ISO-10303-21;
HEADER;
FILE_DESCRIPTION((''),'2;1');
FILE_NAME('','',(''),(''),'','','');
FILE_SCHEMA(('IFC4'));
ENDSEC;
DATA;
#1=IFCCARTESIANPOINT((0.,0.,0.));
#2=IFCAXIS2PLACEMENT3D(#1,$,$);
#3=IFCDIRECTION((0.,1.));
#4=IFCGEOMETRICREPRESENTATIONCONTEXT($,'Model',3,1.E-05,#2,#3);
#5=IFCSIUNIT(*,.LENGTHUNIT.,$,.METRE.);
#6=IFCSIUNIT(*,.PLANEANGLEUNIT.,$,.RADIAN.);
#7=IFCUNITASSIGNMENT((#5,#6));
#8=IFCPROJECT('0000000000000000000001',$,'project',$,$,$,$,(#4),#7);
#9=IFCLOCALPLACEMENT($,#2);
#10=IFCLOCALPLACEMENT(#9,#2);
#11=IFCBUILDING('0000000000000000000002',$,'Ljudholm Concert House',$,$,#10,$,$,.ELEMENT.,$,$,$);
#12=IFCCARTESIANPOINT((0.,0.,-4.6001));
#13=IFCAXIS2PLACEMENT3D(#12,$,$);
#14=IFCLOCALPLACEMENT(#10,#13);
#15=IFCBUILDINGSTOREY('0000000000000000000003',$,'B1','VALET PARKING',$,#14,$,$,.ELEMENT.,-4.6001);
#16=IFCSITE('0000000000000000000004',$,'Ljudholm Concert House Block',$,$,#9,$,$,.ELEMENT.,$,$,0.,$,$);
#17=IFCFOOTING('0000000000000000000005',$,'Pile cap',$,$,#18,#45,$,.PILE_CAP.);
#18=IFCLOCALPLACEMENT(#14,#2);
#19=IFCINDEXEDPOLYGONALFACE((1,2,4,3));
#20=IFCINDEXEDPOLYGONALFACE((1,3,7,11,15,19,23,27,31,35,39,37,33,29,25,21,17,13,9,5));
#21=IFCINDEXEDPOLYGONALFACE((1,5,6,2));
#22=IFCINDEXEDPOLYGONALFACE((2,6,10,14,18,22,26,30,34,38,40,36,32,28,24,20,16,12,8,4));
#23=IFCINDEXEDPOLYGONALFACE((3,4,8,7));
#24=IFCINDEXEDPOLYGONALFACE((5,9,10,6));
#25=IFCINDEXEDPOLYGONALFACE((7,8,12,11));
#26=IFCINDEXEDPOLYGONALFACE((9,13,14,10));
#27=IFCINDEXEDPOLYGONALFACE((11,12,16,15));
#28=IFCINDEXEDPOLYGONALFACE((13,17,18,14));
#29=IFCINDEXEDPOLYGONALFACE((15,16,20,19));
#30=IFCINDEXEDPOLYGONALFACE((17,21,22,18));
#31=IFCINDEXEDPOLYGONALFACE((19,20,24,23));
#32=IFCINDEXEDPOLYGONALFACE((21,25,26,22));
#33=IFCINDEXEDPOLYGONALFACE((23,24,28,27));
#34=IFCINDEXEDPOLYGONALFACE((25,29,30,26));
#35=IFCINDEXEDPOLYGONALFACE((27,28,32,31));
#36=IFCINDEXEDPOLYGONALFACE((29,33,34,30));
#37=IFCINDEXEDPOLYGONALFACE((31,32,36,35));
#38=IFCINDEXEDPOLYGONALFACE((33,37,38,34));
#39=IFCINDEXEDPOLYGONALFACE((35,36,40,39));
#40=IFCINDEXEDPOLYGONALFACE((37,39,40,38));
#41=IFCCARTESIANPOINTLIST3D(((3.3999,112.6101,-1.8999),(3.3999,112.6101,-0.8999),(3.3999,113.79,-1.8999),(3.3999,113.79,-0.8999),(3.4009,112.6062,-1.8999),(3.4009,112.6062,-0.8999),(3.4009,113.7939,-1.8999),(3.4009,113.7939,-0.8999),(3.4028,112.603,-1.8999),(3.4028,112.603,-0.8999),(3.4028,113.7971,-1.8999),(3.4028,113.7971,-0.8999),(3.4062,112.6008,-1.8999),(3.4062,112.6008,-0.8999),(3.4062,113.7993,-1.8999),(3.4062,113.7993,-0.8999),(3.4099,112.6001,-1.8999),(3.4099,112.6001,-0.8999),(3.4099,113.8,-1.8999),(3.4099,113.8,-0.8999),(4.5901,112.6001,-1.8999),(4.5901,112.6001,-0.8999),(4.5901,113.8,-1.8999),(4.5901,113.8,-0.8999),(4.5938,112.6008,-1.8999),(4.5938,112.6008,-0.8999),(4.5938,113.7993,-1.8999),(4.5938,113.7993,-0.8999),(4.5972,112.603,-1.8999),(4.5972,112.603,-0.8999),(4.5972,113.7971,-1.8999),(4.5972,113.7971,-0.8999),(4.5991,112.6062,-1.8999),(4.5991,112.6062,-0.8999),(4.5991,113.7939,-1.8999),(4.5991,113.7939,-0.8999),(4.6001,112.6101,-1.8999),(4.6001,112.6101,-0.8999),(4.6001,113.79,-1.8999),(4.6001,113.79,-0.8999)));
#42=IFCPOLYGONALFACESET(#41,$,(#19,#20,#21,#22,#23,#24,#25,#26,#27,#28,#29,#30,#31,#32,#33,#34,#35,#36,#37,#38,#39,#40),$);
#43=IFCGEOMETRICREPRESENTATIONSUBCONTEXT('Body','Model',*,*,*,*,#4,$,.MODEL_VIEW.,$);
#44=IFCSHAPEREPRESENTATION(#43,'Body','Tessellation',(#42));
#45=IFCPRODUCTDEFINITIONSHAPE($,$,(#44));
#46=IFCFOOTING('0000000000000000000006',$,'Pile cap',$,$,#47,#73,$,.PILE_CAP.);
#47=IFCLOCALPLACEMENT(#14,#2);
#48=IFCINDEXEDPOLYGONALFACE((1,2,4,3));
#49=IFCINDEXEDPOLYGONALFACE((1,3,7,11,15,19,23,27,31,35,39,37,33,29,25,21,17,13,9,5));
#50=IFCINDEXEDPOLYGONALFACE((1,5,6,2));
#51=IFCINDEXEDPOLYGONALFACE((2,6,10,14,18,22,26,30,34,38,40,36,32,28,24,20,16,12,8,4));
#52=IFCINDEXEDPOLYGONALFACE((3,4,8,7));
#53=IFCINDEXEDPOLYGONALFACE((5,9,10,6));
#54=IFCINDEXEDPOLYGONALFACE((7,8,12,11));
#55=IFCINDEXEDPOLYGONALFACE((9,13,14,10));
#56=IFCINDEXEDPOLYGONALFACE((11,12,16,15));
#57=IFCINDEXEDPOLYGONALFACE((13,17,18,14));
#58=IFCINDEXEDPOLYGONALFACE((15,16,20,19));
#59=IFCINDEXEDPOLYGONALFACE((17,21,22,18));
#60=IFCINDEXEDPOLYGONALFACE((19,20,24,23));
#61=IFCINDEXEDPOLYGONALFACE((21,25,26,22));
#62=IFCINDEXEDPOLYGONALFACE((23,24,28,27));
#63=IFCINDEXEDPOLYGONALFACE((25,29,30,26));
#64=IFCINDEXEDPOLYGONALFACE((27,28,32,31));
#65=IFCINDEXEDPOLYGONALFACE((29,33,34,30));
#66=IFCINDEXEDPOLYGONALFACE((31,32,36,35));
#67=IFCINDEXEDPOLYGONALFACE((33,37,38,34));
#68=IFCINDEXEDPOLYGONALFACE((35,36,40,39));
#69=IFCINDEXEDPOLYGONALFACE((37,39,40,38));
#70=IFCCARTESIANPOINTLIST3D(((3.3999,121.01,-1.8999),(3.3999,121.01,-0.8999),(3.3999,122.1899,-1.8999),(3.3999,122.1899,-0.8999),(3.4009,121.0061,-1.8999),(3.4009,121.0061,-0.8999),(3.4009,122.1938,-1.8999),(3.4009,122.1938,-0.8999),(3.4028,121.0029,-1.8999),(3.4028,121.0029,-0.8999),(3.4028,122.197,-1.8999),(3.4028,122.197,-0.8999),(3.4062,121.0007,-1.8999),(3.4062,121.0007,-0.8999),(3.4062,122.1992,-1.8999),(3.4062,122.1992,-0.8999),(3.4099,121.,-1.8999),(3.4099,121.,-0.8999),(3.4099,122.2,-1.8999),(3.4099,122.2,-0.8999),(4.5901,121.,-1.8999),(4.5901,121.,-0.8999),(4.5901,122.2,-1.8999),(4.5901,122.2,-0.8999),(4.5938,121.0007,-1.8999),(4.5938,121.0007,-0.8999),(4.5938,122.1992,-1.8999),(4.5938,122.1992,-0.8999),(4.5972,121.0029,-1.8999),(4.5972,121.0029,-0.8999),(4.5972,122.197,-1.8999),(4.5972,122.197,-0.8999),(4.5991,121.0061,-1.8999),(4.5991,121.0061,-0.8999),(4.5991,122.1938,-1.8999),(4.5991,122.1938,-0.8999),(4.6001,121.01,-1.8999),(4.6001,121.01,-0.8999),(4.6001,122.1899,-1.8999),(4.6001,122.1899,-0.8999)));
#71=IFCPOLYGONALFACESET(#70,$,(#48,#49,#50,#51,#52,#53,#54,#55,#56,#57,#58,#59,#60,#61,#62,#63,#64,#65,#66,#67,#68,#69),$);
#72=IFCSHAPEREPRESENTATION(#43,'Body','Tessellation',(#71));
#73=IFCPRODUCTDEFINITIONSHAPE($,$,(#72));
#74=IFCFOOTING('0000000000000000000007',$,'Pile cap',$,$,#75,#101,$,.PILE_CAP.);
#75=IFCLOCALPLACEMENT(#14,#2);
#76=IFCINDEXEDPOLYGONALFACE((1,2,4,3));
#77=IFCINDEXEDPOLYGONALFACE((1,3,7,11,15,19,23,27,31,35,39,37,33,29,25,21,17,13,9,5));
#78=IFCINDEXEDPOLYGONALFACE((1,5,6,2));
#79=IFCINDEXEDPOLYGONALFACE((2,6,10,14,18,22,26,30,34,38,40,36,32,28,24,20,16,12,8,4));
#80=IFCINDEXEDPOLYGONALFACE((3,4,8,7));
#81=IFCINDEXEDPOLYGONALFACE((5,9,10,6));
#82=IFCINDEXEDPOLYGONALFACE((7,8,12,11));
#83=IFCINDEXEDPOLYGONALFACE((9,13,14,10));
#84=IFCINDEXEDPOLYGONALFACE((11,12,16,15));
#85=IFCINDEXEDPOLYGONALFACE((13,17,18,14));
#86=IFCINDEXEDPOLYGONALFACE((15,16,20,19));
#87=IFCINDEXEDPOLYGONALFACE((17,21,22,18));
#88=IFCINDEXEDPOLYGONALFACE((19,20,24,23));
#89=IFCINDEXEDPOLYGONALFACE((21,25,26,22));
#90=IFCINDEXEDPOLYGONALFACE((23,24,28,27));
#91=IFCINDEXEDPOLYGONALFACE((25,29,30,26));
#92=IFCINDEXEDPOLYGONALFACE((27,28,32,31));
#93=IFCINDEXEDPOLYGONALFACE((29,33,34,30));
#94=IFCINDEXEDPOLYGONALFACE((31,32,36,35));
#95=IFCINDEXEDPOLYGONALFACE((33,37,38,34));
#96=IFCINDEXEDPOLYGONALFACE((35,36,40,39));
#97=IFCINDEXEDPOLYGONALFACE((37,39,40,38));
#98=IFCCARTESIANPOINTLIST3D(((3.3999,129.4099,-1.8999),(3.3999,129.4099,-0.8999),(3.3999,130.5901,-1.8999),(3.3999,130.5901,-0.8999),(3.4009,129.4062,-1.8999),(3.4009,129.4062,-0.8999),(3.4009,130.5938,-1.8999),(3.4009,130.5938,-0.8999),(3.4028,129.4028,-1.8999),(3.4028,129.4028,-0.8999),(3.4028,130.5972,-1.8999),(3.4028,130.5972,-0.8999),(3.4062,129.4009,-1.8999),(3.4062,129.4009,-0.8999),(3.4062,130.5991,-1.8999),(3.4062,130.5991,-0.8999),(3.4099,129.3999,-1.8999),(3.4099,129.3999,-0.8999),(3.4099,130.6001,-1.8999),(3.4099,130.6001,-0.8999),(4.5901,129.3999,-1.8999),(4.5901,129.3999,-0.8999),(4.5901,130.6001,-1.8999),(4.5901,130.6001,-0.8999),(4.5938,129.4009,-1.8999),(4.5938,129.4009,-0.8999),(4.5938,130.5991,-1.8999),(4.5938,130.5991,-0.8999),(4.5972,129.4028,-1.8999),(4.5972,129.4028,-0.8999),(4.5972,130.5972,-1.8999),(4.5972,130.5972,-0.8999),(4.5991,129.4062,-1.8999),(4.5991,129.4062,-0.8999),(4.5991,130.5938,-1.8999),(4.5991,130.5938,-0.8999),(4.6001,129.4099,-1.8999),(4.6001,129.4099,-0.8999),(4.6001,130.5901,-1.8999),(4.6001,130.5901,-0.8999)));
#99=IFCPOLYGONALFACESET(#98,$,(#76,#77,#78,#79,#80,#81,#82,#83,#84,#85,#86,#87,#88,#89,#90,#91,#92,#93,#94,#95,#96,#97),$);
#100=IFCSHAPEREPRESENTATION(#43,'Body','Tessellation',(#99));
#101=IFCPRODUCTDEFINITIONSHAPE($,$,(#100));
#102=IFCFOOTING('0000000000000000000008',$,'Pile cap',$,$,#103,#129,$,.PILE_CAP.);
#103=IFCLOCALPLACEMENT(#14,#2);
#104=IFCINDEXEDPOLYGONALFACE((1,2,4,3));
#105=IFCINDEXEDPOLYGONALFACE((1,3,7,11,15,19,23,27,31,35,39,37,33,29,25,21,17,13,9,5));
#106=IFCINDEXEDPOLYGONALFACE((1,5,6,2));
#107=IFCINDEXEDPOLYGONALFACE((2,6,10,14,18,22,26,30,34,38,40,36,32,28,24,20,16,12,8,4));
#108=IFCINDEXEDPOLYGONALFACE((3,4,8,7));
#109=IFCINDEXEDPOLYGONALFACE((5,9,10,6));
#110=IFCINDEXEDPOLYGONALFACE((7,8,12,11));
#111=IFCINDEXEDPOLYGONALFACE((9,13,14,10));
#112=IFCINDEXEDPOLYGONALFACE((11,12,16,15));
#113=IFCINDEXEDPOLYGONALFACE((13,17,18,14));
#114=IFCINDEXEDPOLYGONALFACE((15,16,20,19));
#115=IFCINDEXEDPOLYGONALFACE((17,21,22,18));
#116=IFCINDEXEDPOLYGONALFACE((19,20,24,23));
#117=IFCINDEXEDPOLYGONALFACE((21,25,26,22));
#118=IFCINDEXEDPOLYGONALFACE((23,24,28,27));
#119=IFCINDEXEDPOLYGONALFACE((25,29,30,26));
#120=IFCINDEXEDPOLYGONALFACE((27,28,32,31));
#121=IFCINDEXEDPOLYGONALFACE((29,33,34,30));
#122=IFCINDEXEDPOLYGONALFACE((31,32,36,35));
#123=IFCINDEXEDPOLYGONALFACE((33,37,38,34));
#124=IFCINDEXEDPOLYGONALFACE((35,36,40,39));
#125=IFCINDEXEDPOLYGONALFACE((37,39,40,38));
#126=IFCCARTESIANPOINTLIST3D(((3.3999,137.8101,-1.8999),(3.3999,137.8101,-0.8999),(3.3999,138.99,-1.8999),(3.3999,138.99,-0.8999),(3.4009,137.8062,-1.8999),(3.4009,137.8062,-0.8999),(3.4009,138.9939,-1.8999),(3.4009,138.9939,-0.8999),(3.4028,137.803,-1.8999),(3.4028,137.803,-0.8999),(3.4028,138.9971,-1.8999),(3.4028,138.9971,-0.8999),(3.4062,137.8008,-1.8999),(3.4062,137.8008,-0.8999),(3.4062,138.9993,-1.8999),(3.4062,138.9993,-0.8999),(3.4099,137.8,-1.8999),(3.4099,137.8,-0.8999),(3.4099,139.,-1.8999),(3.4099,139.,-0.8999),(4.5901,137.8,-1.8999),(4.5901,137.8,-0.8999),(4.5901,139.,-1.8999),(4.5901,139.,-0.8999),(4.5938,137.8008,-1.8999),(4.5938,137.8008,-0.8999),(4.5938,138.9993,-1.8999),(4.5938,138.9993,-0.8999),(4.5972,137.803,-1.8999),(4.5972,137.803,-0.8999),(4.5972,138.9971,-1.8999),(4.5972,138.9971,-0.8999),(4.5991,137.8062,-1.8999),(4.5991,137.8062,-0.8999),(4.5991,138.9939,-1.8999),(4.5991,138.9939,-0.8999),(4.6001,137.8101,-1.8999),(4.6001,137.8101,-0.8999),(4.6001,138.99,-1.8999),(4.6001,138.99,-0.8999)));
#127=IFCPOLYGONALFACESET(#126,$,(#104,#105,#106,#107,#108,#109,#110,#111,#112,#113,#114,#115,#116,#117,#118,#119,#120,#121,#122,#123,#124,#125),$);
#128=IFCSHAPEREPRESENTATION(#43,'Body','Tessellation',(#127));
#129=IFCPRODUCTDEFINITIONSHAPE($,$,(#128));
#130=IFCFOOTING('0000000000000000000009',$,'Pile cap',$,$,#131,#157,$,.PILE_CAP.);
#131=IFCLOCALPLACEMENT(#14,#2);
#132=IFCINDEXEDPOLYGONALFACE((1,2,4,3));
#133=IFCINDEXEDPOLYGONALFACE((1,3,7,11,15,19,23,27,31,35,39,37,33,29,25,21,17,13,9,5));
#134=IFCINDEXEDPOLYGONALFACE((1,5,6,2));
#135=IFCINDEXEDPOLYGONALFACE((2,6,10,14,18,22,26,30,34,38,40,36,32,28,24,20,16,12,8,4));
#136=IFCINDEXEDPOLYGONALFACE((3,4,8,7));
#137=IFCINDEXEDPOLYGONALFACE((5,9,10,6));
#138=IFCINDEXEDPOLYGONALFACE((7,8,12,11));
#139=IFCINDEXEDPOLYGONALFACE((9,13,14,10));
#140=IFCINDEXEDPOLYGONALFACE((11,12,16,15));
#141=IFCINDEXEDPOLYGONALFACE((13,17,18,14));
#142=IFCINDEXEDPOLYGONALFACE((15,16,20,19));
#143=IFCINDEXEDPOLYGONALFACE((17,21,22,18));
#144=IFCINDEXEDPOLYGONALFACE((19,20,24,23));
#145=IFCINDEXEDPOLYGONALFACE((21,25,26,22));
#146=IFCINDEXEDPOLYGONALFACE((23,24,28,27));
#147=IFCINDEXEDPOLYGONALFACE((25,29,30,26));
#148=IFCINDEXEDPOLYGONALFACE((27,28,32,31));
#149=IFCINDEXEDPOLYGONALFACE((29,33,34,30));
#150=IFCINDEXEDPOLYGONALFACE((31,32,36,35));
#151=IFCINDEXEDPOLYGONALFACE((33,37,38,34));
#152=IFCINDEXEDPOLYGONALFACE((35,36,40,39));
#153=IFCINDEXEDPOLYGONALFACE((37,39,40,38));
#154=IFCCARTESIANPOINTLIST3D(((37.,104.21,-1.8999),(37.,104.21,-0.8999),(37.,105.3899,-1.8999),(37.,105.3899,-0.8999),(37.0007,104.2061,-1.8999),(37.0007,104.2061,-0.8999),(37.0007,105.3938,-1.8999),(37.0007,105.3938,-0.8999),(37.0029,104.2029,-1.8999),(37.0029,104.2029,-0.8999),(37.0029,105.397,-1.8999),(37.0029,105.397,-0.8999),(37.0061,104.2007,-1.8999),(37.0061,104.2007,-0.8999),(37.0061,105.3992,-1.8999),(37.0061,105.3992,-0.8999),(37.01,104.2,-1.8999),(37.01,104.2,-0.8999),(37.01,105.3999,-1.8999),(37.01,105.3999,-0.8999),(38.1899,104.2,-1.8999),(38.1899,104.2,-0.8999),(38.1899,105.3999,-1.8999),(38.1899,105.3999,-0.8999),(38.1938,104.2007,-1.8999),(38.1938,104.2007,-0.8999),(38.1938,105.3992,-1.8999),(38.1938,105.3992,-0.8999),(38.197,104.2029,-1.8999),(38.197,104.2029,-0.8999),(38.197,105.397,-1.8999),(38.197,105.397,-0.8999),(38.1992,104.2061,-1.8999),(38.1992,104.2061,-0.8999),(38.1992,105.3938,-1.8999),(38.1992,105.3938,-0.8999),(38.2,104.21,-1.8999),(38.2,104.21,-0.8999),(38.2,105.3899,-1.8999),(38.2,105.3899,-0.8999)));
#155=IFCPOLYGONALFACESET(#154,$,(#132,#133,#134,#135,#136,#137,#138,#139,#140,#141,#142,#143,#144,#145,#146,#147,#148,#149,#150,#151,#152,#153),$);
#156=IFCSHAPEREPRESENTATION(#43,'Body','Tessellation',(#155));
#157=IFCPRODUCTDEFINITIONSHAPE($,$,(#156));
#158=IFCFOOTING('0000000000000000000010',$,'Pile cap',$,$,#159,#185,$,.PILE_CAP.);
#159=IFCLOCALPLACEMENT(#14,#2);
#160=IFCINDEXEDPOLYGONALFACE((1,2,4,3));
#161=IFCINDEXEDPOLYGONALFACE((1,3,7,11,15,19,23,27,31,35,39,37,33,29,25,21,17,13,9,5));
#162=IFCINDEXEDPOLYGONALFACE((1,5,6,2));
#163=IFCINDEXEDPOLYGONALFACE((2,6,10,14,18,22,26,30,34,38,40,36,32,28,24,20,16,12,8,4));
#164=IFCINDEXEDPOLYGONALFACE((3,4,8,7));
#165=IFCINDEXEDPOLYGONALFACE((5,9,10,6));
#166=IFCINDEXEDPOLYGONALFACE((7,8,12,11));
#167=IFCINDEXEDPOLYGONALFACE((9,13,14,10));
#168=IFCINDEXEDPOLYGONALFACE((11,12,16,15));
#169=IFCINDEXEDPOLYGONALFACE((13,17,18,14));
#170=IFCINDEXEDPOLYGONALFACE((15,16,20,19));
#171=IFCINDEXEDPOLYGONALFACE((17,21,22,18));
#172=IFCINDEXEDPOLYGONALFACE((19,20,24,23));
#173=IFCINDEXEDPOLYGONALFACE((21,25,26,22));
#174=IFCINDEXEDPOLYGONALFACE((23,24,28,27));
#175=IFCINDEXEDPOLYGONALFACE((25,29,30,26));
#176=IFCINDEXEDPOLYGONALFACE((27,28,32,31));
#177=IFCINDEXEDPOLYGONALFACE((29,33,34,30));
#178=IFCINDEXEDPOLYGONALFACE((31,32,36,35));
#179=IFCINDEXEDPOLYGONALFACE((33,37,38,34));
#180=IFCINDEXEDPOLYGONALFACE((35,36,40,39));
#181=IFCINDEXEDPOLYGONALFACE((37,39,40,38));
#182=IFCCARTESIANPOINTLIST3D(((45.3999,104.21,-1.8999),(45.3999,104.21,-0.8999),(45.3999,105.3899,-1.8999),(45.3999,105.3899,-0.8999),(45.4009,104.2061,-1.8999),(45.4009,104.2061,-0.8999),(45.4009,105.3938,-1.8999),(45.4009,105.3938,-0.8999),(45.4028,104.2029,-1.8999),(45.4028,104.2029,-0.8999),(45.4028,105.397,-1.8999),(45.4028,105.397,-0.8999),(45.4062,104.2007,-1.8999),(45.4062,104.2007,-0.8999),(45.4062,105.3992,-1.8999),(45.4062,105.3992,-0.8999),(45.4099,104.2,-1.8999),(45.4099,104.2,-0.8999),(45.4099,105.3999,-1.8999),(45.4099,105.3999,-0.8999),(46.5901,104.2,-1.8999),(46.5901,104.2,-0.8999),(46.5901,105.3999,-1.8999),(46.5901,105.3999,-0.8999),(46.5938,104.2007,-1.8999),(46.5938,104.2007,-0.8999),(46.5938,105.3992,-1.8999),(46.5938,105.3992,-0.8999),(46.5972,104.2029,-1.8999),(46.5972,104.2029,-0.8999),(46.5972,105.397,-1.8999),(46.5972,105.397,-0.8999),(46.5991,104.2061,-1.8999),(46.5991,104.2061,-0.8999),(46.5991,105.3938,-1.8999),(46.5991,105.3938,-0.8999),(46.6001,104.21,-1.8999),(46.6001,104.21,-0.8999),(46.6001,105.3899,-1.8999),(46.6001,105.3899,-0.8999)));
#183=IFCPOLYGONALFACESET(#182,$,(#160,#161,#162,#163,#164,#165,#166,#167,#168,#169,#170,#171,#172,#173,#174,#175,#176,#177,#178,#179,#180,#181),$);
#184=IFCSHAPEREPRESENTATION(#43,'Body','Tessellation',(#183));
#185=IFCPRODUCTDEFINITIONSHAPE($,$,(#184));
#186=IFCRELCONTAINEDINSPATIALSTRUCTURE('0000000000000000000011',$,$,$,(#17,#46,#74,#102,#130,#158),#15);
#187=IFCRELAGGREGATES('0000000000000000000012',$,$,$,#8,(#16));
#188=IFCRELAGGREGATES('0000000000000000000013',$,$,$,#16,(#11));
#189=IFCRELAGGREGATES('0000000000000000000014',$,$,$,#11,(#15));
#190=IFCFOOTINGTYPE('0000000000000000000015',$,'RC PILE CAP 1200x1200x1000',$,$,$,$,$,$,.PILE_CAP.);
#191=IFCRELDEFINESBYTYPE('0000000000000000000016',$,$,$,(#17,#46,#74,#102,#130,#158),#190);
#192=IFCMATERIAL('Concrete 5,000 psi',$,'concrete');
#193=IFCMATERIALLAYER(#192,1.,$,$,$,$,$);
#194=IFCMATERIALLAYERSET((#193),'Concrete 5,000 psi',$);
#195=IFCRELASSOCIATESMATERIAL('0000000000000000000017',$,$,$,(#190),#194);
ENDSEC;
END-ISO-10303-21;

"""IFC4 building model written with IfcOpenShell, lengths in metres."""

from ifc_helpers import new_model, si_unit, direction, frame, origin, place, context, subcontext, project, spatial, polyline, outline, extrude, material, layer, layer_set, type_object, element, save


model = new_model("IFC4")

# Units and contexts
model_context = context("Model", 3, precision=1e-05, world=origin(), true_north=direction((0.0, 1.0)))
body_context = subcontext(model_context, "Body", "Model", "MODEL_VIEW")
ifc_project = project(units=[si_unit("LENGTHUNIT", "METRE"), si_unit("PLANEANGLEUNIT", "RADIAN")], contexts=[model_context])

# Site, building, storey
site_placement = place(None, origin())
site = spatial("IfcSite", under=ifc_project, at=site_placement, Name="Ljudholm Concert House Block", CompositionType="ELEMENT", RefElevation=0.0)
building_placement = place(site_placement, origin())
building = spatial("IfcBuilding", under=site, at=building_placement, Name="Ljudholm Concert House", CompositionType="ELEMENT")
storey_placement = place(building_placement, frame((0.0, 0.0, -4.6001)))
storey = spatial("IfcBuildingStorey", under=building, at=storey_placement, Name="B1", Description="VALET PARKING", CompositionType="ELEMENT", Elevation=-4.6001)

# Footings
ifc_material_1 = material(Name="Concrete 5,000 psi", Category="concrete")
ifc_layer_1 = layer(ifc_material_1, 1.0)
ifc_layer_set_1 = layer_set([ifc_layer_1], Name="Concrete 5,000 psi")
footing_type_1 = type_object("IfcFootingType", Name="RC PILE CAP 1200x1200x1000", PredefinedType="PILE_CAP", material=ifc_layer_set_1)
footing_1_placement = place(storey_placement, frame((0.0, 0.0, -1.8999)))
element("IfcFooting", 1, at=footing_1_placement, inside=storey, type_object=footing_type_1, Name="Pile cap", PredefinedType="PILE_CAP", context=body_context, shape_type="SweptSolid", body=[
    extrude(outline(polyline([(3.3999, 113.79), (3.3999, 112.6101), (3.4009, 112.6062), (3.4028, 112.603), (3.4062, 112.6008), (3.4099, 112.6001), (4.5901, 112.6001), (4.5938, 112.6008), (4.5972, 112.603), (4.5991, 112.6062), (4.6001, 112.6101), (4.6001, 113.79), (4.5991, 113.7939), (4.5972, 113.7971), (4.5938, 113.7993), (4.5901, 113.8), (3.4099, 113.8), (3.4062, 113.7993), (3.4028, 113.7971), (3.4009, 113.7939), (3.3999, 113.79)])), origin(), (0.0, 0.0, 1.0), 1.0),
])
footing_2_placement = place(storey_placement, frame((0.0, 0.0, -1.8999)))
element("IfcFooting", 2, at=footing_2_placement, inside=storey, type_object=footing_type_1, Name="Pile cap", PredefinedType="PILE_CAP", context=body_context, shape_type="SweptSolid", body=[
    extrude(outline(polyline([(3.3999, 122.1899), (3.3999, 121.01), (3.4009, 121.0061), (3.4028, 121.0029), (3.4062, 121.0007), (3.4099, 121.0), (4.5901, 121.0), (4.5938, 121.0007), (4.5972, 121.0029), (4.5991, 121.0061), (4.6001, 121.01), (4.6001, 122.1899), (4.5991, 122.1938), (4.5972, 122.197), (4.5938, 122.1992), (4.5901, 122.2), (3.4099, 122.2), (3.4062, 122.1992), (3.4028, 122.197), (3.4009, 122.1938), (3.3999, 122.1899)])), origin(), (0.0, 0.0, 1.0), 1.0),
])
footing_3_placement = place(storey_placement, frame((0.0, 0.0, -1.8999)))
element("IfcFooting", 3, at=footing_3_placement, inside=storey, type_object=footing_type_1, Name="Pile cap", PredefinedType="PILE_CAP", context=body_context, shape_type="SweptSolid", body=[
    extrude(outline(polyline([(3.4099, 129.3999), (4.5901, 129.3999), (4.5938, 129.4009), (4.5972, 129.4028), (4.5991, 129.4062), (4.6001, 129.4099), (4.6001, 130.5901), (4.5991, 130.5938), (4.5972, 130.5972), (4.5938, 130.5991), (4.5901, 130.6001), (3.4099, 130.6001), (3.4062, 130.5991), (3.4028, 130.5972), (3.4009, 130.5938), (3.3999, 130.5901), (3.3999, 129.4099), (3.4009, 129.4062), (3.4028, 129.4028), (3.4062, 129.4009), (3.4099, 129.3999)])), origin(), (0.0, 0.0, 1.0), 1.0),
])
footing_4_placement = place(storey_placement, frame((0.0, 0.0, -1.8999)))
element("IfcFooting", 4, at=footing_4_placement, inside=storey, type_object=footing_type_1, Name="Pile cap", PredefinedType="PILE_CAP", context=body_context, shape_type="SweptSolid", body=[
    extrude(outline(polyline([(3.3999, 138.99), (3.3999, 137.8101), (3.4009, 137.8062), (3.4028, 137.803), (3.4062, 137.8008), (3.4099, 137.8), (4.5901, 137.8), (4.5938, 137.8008), (4.5972, 137.803), (4.5991, 137.8062), (4.6001, 137.8101), (4.6001, 138.99), (4.5991, 138.9939), (4.5972, 138.9971), (4.5938, 138.9993), (4.5901, 139.0), (3.4099, 139.0), (3.4062, 138.9993), (3.4028, 138.9971), (3.4009, 138.9939), (3.3999, 138.99)])), origin(), (0.0, 0.0, 1.0), 1.0),
])
footing_5_placement = place(storey_placement, frame((0.0, 0.0, -1.8999)))
element("IfcFooting", 5, at=footing_5_placement, inside=storey, type_object=footing_type_1, Name="Pile cap", PredefinedType="PILE_CAP", context=body_context, shape_type="SweptSolid", body=[
    extrude(outline(polyline([(37.01, 104.2), (38.1899, 104.2), (38.1938, 104.2007), (38.197, 104.2029), (38.1992, 104.2061), (38.2, 104.21), (38.2, 105.3899), (38.1992, 105.3938), (38.197, 105.397), (38.1938, 105.3992), (38.1899, 105.3999), (37.01, 105.3999), (37.0061, 105.3992), (37.0029, 105.397), (37.0007, 105.3938), (37.0, 105.3899), (37.0, 104.21), (37.0007, 104.2061), (37.0029, 104.2029), (37.0061, 104.2007), (37.01, 104.2)])), origin(), (0.0, 0.0, 1.0), 1.0),
])
footing_6_placement = place(storey_placement, frame((0.0, 0.0, -1.8999)))
element("IfcFooting", 6, at=footing_6_placement, inside=storey, type_object=footing_type_1, Name="Pile cap", PredefinedType="PILE_CAP", context=body_context, shape_type="SweptSolid", body=[
    extrude(outline(polyline([(45.4099, 104.2), (46.5901, 104.2), (46.5938, 104.2007), (46.5972, 104.2029), (46.5991, 104.2061), (46.6001, 104.21), (46.6001, 105.3899), (46.5991, 105.3938), (46.5972, 105.397), (46.5938, 105.3992), (46.5901, 105.3999), (45.4099, 105.3999), (45.4062, 105.3992), (45.4028, 105.397), (45.4009, 105.3938), (45.3999, 105.3899), (45.3999, 104.21), (45.4009, 104.2061), (45.4028, 104.2029), (45.4062, 104.2007), (45.4099, 104.2)])), origin(), (0.0, 0.0, 1.0), 1.0),
])

save(model, "model.ifc")
